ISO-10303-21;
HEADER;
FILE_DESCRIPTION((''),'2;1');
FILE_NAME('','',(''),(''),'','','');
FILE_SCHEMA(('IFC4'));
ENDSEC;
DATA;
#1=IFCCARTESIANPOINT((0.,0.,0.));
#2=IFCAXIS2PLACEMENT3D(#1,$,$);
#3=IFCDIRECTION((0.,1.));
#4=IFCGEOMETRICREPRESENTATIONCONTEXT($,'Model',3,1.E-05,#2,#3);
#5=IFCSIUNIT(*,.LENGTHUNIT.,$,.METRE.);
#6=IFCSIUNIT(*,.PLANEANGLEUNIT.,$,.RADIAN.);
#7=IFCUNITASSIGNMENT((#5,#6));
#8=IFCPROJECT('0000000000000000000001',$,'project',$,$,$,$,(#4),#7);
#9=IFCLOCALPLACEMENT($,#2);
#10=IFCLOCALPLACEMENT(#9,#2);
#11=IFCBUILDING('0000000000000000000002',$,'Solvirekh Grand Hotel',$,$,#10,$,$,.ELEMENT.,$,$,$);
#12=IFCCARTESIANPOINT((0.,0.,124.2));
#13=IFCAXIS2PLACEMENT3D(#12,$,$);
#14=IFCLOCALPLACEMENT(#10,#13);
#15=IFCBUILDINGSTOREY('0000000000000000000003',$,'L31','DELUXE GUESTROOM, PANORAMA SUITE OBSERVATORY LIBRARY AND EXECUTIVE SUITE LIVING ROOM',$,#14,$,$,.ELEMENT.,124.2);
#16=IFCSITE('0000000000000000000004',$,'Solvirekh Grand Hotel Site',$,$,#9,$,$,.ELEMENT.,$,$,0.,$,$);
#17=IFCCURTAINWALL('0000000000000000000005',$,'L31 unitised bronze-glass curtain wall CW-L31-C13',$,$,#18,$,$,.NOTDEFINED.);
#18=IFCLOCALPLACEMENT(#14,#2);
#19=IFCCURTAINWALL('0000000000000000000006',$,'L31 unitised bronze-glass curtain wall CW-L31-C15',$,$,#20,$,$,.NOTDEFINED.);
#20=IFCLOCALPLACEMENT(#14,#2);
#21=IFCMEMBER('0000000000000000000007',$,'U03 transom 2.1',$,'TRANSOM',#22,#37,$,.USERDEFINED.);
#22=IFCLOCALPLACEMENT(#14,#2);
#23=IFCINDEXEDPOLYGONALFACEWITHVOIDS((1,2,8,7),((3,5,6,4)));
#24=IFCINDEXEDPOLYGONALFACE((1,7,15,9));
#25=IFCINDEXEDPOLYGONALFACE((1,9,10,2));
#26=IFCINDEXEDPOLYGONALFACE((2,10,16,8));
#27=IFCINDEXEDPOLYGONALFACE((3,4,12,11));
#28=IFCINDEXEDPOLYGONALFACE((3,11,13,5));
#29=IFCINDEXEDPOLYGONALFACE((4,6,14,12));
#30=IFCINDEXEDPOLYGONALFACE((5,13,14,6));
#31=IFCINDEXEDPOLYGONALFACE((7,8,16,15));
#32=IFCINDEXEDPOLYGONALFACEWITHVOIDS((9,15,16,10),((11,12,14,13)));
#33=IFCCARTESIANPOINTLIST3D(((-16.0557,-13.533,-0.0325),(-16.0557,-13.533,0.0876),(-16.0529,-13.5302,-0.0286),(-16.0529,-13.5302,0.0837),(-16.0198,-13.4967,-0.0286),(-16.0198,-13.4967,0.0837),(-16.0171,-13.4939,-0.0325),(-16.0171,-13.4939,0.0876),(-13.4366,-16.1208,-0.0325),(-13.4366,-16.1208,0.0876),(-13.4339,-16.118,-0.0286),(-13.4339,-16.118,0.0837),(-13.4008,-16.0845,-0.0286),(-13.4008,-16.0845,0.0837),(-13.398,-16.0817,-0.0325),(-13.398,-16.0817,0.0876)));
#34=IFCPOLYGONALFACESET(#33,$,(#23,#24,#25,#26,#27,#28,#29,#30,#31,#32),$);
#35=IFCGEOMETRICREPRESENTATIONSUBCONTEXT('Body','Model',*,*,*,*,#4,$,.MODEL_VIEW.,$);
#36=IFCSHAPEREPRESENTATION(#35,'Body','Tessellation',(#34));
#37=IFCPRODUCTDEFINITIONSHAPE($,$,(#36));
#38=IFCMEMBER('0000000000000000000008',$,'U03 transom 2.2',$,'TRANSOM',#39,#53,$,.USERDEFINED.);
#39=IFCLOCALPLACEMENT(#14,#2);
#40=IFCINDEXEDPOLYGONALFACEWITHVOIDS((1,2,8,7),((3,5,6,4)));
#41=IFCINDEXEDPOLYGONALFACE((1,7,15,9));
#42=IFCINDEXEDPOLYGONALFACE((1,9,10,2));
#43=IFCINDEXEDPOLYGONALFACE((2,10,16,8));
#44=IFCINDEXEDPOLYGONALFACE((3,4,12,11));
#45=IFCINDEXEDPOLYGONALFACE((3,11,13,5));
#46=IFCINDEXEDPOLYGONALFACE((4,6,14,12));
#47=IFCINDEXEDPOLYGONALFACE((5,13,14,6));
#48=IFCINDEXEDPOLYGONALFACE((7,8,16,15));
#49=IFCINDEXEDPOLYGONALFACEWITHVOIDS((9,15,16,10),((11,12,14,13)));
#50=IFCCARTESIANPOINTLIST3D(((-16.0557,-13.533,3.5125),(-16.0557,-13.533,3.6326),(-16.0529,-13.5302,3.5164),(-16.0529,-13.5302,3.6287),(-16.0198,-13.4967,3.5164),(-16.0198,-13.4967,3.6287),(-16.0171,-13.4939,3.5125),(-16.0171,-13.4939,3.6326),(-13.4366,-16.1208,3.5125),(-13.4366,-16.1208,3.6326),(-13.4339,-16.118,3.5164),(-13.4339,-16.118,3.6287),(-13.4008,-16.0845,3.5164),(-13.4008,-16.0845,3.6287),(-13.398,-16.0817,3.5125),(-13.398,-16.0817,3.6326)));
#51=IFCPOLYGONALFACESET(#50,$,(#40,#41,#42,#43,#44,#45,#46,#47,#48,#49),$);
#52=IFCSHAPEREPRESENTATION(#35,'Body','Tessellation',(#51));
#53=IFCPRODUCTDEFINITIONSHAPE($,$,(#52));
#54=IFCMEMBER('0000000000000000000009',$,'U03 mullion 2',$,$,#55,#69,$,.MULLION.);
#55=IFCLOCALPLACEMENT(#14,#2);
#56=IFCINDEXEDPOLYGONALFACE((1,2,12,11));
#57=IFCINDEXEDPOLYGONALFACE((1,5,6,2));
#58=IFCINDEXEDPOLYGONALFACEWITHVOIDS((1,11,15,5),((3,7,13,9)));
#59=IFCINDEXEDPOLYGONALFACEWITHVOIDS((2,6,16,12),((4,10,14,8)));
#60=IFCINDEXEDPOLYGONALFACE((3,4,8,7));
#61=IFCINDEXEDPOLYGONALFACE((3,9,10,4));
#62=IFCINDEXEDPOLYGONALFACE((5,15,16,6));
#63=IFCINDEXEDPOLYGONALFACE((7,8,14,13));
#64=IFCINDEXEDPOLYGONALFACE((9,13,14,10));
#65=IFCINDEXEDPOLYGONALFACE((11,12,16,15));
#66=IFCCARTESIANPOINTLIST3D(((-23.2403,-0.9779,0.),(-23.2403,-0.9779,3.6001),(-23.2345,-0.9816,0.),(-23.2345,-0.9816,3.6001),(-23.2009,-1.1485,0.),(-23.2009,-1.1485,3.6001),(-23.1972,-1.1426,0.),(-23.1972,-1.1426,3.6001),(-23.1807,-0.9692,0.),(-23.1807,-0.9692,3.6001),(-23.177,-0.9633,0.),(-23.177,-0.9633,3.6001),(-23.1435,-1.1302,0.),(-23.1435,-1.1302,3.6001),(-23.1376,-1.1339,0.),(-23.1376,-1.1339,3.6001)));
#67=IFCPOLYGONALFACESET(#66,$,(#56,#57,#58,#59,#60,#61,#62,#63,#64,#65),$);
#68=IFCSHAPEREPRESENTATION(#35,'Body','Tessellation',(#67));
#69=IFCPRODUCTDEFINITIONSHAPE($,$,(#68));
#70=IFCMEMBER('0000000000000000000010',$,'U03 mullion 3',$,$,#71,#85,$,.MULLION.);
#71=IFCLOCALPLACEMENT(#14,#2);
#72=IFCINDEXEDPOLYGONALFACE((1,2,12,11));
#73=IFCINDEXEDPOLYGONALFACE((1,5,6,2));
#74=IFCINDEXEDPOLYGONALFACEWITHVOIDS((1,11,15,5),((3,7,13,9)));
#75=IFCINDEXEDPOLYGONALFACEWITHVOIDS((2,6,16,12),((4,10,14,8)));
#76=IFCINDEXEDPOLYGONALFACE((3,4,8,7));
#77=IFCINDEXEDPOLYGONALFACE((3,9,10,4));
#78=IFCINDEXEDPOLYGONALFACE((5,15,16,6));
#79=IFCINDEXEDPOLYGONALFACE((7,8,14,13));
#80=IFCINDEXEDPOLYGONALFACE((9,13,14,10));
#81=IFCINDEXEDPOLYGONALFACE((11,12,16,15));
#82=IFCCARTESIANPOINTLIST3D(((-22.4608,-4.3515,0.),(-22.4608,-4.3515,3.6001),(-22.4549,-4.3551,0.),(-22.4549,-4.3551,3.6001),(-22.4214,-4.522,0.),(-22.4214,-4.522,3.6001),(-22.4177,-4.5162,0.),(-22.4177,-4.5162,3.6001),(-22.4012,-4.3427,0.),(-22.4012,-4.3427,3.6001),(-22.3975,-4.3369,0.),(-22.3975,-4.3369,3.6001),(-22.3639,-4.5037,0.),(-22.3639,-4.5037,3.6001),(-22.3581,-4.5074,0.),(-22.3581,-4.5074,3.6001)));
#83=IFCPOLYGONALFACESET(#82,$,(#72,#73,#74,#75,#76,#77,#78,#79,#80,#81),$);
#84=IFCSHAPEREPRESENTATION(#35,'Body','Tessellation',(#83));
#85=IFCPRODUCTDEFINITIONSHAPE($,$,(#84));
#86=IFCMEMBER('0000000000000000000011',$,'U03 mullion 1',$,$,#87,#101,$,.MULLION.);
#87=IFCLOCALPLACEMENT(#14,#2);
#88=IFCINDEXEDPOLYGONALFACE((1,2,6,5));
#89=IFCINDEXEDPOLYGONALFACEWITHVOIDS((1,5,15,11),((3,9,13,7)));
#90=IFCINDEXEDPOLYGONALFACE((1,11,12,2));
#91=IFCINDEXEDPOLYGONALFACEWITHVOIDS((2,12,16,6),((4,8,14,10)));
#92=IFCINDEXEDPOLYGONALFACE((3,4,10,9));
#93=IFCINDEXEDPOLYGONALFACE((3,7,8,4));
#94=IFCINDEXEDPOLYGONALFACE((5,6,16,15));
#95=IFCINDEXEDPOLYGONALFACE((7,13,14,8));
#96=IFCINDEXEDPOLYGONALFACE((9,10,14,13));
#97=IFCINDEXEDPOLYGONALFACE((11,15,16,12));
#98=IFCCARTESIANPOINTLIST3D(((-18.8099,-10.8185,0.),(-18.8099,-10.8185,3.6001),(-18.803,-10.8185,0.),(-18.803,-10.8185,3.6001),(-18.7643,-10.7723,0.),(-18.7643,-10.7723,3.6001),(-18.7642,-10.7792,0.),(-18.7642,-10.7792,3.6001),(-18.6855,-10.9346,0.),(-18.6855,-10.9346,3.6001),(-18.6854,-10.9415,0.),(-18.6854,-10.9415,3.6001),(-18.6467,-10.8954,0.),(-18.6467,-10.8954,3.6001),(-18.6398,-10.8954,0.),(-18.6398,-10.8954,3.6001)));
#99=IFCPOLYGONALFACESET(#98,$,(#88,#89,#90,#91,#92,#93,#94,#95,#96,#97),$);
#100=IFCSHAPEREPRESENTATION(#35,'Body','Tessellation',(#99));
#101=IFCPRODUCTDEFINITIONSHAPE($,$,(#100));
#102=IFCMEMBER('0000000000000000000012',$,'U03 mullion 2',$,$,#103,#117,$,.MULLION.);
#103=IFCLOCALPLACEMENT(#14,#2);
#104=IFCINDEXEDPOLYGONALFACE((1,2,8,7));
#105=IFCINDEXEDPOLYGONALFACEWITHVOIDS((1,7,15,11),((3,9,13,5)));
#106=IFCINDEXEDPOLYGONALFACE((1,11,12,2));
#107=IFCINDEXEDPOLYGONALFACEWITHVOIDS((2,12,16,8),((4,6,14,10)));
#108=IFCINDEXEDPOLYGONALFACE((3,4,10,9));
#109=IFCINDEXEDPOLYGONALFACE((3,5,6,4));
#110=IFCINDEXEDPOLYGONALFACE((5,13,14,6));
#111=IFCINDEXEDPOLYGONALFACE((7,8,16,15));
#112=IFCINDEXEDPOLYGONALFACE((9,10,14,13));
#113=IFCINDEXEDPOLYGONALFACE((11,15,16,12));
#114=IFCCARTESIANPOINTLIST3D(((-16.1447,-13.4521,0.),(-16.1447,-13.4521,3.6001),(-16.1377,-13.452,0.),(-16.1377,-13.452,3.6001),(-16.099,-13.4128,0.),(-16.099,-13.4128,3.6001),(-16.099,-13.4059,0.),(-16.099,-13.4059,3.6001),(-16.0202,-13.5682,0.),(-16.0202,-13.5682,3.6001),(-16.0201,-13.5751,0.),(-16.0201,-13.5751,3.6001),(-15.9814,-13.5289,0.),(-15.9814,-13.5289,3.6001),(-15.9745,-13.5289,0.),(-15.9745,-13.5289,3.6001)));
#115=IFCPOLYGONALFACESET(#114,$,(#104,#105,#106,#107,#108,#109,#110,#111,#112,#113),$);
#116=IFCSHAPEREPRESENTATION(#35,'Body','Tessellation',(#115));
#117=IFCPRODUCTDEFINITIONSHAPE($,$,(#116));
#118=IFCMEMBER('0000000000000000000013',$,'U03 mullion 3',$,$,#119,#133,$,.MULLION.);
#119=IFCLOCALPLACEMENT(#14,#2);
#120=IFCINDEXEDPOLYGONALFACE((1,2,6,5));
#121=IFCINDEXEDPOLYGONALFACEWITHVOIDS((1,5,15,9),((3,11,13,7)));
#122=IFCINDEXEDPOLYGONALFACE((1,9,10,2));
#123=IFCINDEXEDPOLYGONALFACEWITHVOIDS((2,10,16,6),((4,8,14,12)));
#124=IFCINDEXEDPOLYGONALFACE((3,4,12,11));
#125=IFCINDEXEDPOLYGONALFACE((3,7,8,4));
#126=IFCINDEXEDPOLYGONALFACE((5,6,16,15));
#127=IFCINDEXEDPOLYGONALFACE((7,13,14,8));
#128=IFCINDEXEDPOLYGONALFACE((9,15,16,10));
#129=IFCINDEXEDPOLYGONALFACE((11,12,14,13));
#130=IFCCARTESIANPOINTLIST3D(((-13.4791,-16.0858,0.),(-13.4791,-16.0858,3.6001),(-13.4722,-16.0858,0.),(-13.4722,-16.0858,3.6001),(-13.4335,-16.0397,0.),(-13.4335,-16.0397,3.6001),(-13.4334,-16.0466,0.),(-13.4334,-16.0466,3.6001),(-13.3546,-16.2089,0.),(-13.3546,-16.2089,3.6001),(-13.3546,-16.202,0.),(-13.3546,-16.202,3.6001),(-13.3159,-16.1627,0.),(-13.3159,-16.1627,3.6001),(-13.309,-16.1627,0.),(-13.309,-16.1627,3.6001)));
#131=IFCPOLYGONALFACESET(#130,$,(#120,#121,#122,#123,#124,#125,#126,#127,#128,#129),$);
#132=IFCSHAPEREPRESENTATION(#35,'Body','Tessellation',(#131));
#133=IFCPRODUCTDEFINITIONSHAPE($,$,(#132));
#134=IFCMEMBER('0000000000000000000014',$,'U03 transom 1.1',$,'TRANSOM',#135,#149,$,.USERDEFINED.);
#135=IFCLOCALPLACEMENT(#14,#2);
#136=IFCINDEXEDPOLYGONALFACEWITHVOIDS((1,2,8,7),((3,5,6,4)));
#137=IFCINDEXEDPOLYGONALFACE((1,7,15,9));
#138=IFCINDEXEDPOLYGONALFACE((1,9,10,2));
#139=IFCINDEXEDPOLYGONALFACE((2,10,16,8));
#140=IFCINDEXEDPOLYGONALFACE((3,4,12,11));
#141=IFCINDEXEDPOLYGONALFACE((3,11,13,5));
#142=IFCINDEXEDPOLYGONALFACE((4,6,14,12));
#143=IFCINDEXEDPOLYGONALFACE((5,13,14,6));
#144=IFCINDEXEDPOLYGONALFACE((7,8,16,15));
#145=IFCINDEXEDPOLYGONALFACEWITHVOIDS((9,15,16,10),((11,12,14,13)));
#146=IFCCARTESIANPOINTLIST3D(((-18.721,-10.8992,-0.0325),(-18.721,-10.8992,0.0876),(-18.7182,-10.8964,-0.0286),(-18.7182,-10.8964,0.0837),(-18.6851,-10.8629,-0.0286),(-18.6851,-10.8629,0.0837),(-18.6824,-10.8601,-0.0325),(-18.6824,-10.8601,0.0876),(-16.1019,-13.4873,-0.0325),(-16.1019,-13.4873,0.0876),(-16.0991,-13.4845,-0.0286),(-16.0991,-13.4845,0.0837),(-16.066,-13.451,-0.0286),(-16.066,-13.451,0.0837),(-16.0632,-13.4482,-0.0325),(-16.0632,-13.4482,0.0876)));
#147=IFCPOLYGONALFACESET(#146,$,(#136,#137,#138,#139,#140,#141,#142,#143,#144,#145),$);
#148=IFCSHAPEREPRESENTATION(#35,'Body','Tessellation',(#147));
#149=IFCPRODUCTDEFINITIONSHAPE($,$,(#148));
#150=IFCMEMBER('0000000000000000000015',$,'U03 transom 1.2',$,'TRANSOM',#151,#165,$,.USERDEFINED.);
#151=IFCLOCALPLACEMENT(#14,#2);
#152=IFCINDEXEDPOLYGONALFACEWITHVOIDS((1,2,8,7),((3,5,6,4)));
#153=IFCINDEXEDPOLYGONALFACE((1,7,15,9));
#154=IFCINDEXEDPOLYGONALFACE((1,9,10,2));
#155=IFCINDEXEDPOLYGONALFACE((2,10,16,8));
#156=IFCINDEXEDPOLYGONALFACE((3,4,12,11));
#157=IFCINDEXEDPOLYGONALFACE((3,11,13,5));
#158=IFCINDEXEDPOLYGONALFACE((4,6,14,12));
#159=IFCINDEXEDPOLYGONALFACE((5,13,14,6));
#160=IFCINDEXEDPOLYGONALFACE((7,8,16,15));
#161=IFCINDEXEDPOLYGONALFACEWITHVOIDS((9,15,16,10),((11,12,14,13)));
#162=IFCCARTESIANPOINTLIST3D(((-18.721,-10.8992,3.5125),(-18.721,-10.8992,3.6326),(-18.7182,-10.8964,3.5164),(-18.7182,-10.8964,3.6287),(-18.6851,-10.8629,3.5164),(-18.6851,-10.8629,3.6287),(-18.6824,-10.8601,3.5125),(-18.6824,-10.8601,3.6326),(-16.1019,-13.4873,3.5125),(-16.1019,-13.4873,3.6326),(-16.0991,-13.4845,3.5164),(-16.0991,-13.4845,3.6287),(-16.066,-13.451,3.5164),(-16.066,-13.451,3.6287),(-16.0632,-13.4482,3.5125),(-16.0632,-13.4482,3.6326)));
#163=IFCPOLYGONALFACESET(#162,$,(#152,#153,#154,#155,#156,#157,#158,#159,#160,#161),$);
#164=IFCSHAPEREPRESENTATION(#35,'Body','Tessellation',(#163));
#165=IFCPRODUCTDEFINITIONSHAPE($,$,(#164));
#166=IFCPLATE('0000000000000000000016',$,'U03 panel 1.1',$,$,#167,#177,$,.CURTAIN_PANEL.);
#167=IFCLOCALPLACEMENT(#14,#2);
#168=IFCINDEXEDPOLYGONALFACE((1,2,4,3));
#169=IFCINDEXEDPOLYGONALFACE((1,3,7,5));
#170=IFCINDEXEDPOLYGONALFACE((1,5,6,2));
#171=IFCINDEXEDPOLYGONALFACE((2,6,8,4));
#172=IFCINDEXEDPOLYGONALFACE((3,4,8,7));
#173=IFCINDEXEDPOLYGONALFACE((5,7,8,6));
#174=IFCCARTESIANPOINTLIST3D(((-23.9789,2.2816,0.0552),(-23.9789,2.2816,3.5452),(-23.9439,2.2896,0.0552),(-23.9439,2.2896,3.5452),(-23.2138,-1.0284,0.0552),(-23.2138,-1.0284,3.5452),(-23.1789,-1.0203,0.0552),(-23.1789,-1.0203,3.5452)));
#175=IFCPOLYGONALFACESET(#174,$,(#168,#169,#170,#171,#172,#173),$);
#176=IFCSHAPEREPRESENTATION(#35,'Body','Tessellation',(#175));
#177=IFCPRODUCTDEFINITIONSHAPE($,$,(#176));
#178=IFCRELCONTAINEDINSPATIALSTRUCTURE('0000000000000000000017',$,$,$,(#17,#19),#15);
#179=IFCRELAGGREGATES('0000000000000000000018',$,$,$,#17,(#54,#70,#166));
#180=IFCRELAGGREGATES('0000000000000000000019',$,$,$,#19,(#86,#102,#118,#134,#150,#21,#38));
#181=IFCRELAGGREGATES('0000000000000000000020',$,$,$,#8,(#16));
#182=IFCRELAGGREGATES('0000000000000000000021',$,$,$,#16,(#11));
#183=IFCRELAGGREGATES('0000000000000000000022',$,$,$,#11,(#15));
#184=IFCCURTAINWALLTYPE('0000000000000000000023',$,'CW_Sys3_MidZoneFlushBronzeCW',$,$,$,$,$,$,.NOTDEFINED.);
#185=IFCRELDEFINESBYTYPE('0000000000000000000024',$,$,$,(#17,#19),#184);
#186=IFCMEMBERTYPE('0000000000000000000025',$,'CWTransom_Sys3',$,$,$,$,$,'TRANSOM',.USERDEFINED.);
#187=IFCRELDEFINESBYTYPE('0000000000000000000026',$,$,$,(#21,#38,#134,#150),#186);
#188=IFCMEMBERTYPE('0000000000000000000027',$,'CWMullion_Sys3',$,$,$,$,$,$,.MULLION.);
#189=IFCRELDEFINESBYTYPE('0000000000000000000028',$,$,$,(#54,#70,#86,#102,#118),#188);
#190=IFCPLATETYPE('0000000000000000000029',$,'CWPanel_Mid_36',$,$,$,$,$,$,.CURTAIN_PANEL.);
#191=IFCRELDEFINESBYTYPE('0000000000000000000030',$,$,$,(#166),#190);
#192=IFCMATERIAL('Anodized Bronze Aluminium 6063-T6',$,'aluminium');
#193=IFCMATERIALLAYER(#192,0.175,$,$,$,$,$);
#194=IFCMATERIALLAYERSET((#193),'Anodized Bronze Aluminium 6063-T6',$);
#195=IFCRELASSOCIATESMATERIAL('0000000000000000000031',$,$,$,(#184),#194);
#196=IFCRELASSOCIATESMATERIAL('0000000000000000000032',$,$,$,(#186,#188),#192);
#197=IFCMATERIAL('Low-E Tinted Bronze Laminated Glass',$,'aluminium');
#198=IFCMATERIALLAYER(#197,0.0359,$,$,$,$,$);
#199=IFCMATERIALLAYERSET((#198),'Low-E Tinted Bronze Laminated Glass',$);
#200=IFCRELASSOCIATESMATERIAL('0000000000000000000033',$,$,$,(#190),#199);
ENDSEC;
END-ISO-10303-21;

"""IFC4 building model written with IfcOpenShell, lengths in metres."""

from ifc_helpers import new_model, si_unit, direction, frame, origin, origin_2d, place, context, subcontext, project, spatial, rectangle, hollow_rectangle, extrude, source, transform, mapped, material, layer, layer_set, material_profile, profile_set, type_object, element, aggregate, save


model = new_model("IFC4")

# Units and contexts
model_context = context("Model", 3, precision=1e-05, world=origin(), true_north=direction((0.0, 1.0)))
body_context = subcontext(model_context, "Body", "Model", "MODEL_VIEW")
ifc_project = project(units=[si_unit("LENGTHUNIT", "METRE"), si_unit("PLANEANGLEUNIT", "RADIAN")], contexts=[model_context])

# Site, building, storey
site_placement = place(None, origin())
site = spatial("IfcSite", under=ifc_project, at=site_placement, Name="Solvirekh Grand Hotel Site", CompositionType="ELEMENT", RefElevation=0.0)
building_placement = place(site_placement, origin())
building = spatial("IfcBuilding", under=site, at=building_placement, Name="Solvirekh Grand Hotel", CompositionType="ELEMENT")
storey_placement = place(building_placement, frame((0.0, 0.0, 124.2)))
storey = spatial("IfcBuildingStorey", under=building, at=storey_placement, Name="L31", Description="DELUXE GUESTROOM, PANORAMA SUITE OBSERVATORY LIBRARY AND EXECUTIVE SUITE LIVING ROOM", CompositionType="ELEMENT", Elevation=124.2)

# Curtain walls, members
ifc_material_1 = material(Name="Anodized Bronze Aluminium 6063-T6", Category="aluminium")
ifc_layer_1 = layer(ifc_material_1, 0.175)
ifc_layer_set_1 = layer_set([ifc_layer_1], Name="Anodized Bronze Aluminium 6063-T6")
curtain_wall_type = type_object("IfcCurtainWallType", Name="CW_Sys3_MidZoneFlushBronzeCW", PredefinedType="NOTDEFINED", material=ifc_layer_set_1)
curtain_wall_1_placement = place(storey_placement, origin())
curtain_wall_1 = element("IfcCurtainWall", 1, at=curtain_wall_1_placement, inside=storey, type_object=curtain_wall_type, Name="L31 unitised bronze-glass curtain wall CW-L31-C13", PredefinedType="NOTDEFINED")
ifc_material_profile_1 = material_profile(ifc_material_1, hollow_rectangle(XDim=0.0549, YDim=0.1201, WallThickness=0.0039, at=origin_2d()), Name="ALU RHS 120X55X4")
ifc_profile_set_1 = profile_set([ifc_material_profile_1], Name="Anodized Bronze Aluminium 6063-T6")
member_type_1 = type_object("IfcMemberType", Name="CWTransom_Sys3", ElementType="TRANSOM", PredefinedType="USERDEFINED", material=ifc_profile_set_1)
curtain_wall_2_placement = place(storey_placement, origin())
curtain_wall_2 = element("IfcCurtainWall", 2, at=curtain_wall_2_placement, inside=storey, type_object=curtain_wall_type, Name="L31 unitised bronze-glass curtain wall CW-L31-C15", PredefinedType="NOTDEFINED")
shared_shape_1 = source(origin(), body_context, "Body", "SweptSolid", [
    extrude(hollow_rectangle(XDim=0.0549, YDim=0.1201, WallThickness=0.0039, at=origin_2d()), origin(), (0.0, 0.0, 1.0), 3.6819),
])
member_1_placement = place(storey_placement, frame((-16.0364, -13.5134, 0.0276), z_axis=(0.711338, -0.70285, 0.0), x_axis=(0.70285, 0.711338, 0.0)))
member_1 = element("IfcMember", 3, at=member_1_placement, type_object=member_type_1, Name="U03 transom 2.1", ObjectType="TRANSOM", PredefinedType="USERDEFINED", context=body_context, shape_type="MappedRepresentation", body=[
    mapped(shared_shape_1, transform((0.0, 0.0, 0.0), x_axis=(1.0, 0.0, 0.0), y_axis=(0.0, 1.0, 0.0), z_axis=(0.0, 0.0, 1.0), scale=1.0)),
])
member_2_placement = place(storey_placement, frame((-16.0364, -13.5134, 3.5725), z_axis=(0.711338, -0.70285, 0.0), x_axis=(0.70285, 0.711338, 0.0)))
member_2 = element("IfcMember", 4, at=member_2_placement, type_object=member_type_1, Name="U03 transom 2.2", ObjectType="TRANSOM", PredefinedType="USERDEFINED", context=body_context, shape_type="MappedRepresentation", body=[
    mapped(shared_shape_1, transform((0.0, 0.0, 0.0), x_axis=(1.0, 0.0, 0.0), y_axis=(0.0, 1.0, 0.0), z_axis=(0.0, 0.0, 1.0), scale=1.0)),
])

# Members
ifc_material_profile_2 = material_profile(ifc_material_1, hollow_rectangle(XDim=0.0649, YDim=0.175, WallThickness=0.0049, at=origin_2d()), Name="ALU RHS 175X65X5")
ifc_profile_set_2 = profile_set([ifc_material_profile_2], Name="Anodized Bronze Aluminium 6063-T6")
member_type_2 = type_object("IfcMemberType", Name="CWMullion_Sys3", PredefinedType="MULLION", material=ifc_profile_set_2)
shared_shape_2 = source(origin(), body_context, "Body", "SweptSolid", [
    extrude(hollow_rectangle(XDim=0.0649, YDim=0.175, WallThickness=0.0049, at=origin_2d()), origin(), (0.0, 0.0, 1.0), 3.6001),
])
member_3_placement = place(storey_placement, frame((-23.189, -1.0559, 0.0), z_axis=(0.0, 0.0, 1.0), x_axis=(0.974314, 0.225194, 0.0)))
member_3 = element("IfcMember", 5, at=member_3_placement, type_object=member_type_2, Name="U03 mullion 2", PredefinedType="MULLION", context=body_context, shape_type="MappedRepresentation", body=[
    mapped(shared_shape_2, transform((0.0, 0.0, 0.0), x_axis=(1.0, 0.0, 0.0), y_axis=(0.0, 1.0, 0.0), z_axis=(0.0, 0.0, 1.0), scale=1.0)),
])
member_4_placement = place(storey_placement, frame((-22.4094, -4.4294, 0.0), z_axis=(0.0, 0.0, 1.0), x_axis=(0.974314, 0.225194, 0.0)))
member_4 = element("IfcMember", 6, at=member_4_placement, type_object=member_type_2, Name="U03 mullion 3", PredefinedType="MULLION", context=body_context, shape_type="MappedRepresentation", body=[
    mapped(shared_shape_2, transform((0.0, 0.0, 0.0), x_axis=(1.0, 0.0, 0.0), y_axis=(0.0, 1.0, 0.0), z_axis=(0.0, 0.0, 1.0), scale=1.0)),
])
member_5_placement = place(storey_placement, frame((-18.7249, -10.8569, 0.0), z_axis=(0.0, 0.0, 1.0), x_axis=(0.702861, 0.711327, 0.0)))
member_5 = element("IfcMember", 7, at=member_5_placement, type_object=member_type_2, Name="U03 mullion 1", PredefinedType="MULLION", context=body_context, shape_type="MappedRepresentation", body=[
    mapped(shared_shape_2, transform((0.0, 0.0, 0.0), x_axis=(1.0, 0.0, 0.0), y_axis=(0.0, 1.0, 0.0), z_axis=(0.0, 0.0, 1.0), scale=1.0)),
])
member_6_placement = place(storey_placement, frame((-16.0596, -13.4905, 0.0), z_axis=(0.0, 0.0, 1.0), x_axis=(0.702861, 0.711327, 0.0)))
member_6 = element("IfcMember", 8, at=member_6_placement, type_object=member_type_2, Name="U03 mullion 2", PredefinedType="MULLION", context=body_context, shape_type="MappedRepresentation", body=[
    mapped(shared_shape_2, transform((0.0, 0.0, 0.0), x_axis=(1.0, 0.0, 0.0), y_axis=(0.0, 1.0, 0.0), z_axis=(0.0, 0.0, 1.0), scale=1.0)),
])
member_7_placement = place(storey_placement, frame((-13.394, -16.1243, 0.0), z_axis=(0.0, 0.0, 1.0), x_axis=(0.702861, 0.711327, 0.0)))
member_7 = element("IfcMember", 9, at=member_7_placement, type_object=member_type_2, Name="U03 mullion 3", PredefinedType="MULLION", context=body_context, shape_type="MappedRepresentation", body=[
    mapped(shared_shape_2, transform((0.0, 0.0, 0.0), x_axis=(1.0, 0.0, 0.0), y_axis=(0.0, 1.0, 0.0), z_axis=(0.0, 0.0, 1.0), scale=1.0)),
])
shared_shape_3 = source(origin(), body_context, "Body", "SweptSolid", [
    extrude(hollow_rectangle(XDim=0.0549, YDim=0.1201, WallThickness=0.0039, at=origin_2d()), origin(), (0.0, 0.0, 1.0), 3.6821),
])
member_8_placement = place(storey_placement, frame((-18.7017, -10.8796, 0.0276), z_axis=(0.711305, -0.702884, 0.0), x_axis=(0.702884, 0.711305, 0.0)))
member_8 = element("IfcMember", 10, at=member_8_placement, type_object=member_type_1, Name="U03 transom 1.1", ObjectType="TRANSOM", PredefinedType="USERDEFINED", context=body_context, shape_type="MappedRepresentation", body=[
    mapped(shared_shape_3, transform((0.0, 0.0, 0.0), x_axis=(1.0, 0.0, 0.0), y_axis=(0.0, 1.0, 0.0), z_axis=(0.0, 0.0, 1.0), scale=1.0)),
])
member_9_placement = place(storey_placement, frame((-18.7017, -10.8796, 3.5725), z_axis=(0.711305, -0.702884, 0.0), x_axis=(0.702884, 0.711305, 0.0)))
member_9 = element("IfcMember", 11, at=member_9_placement, type_object=member_type_1, Name="U03 transom 1.2", ObjectType="TRANSOM", PredefinedType="USERDEFINED", context=body_context, shape_type="MappedRepresentation", body=[
    mapped(shared_shape_3, transform((0.0, 0.0, 0.0), x_axis=(1.0, 0.0, 0.0), y_axis=(0.0, 1.0, 0.0), z_axis=(0.0, 0.0, 1.0), scale=1.0)),
])

# Plate
ifc_material_2 = material(Name="Low-E Tinted Bronze Laminated Glass", Category="aluminium")
ifc_layer_2 = layer(ifc_material_2, 0.0359)
ifc_layer_set_2 = layer_set([ifc_layer_2], Name="Low-E Tinted Bronze Laminated Glass")
plate_type = type_object("IfcPlateType", Name="CWPanel_Mid_36", PredefinedType="CURTAIN_PANEL", material=ifc_layer_set_2)
shared_shape_4 = source(origin(), body_context, "Body", "SweptSolid", [
    extrude(rectangle(XDim=3.3972, YDim=0.0359, at=origin_2d()), origin(), (0.0, 0.0, 1.0), 3.49),
])
plate_1_placement = place(storey_placement, frame((-23.5789, 0.6306, 0.0552), z_axis=(0.0, 0.0, 1.0), x_axis=(0.225194, -0.974314, 0.0)))
plate_1 = element("IfcPlate", 12, at=plate_1_placement, type_object=plate_type, Name="U03 panel 1.1", PredefinedType="CURTAIN_PANEL", context=body_context, shape_type="MappedRepresentation", body=[
    mapped(shared_shape_4, transform((0.0, 0.0, 0.0), x_axis=(1.0, 0.0, 0.0), y_axis=(0.0, 1.0, 0.0), z_axis=(0.0, 0.0, 1.0), scale=1.0)),
])
aggregate(curtain_wall_1, [member_3, member_4, plate_1])
aggregate(curtain_wall_2, [member_5, member_6, member_7, member_8, member_9, member_1, member_2])

save(model, "model.ifc")
